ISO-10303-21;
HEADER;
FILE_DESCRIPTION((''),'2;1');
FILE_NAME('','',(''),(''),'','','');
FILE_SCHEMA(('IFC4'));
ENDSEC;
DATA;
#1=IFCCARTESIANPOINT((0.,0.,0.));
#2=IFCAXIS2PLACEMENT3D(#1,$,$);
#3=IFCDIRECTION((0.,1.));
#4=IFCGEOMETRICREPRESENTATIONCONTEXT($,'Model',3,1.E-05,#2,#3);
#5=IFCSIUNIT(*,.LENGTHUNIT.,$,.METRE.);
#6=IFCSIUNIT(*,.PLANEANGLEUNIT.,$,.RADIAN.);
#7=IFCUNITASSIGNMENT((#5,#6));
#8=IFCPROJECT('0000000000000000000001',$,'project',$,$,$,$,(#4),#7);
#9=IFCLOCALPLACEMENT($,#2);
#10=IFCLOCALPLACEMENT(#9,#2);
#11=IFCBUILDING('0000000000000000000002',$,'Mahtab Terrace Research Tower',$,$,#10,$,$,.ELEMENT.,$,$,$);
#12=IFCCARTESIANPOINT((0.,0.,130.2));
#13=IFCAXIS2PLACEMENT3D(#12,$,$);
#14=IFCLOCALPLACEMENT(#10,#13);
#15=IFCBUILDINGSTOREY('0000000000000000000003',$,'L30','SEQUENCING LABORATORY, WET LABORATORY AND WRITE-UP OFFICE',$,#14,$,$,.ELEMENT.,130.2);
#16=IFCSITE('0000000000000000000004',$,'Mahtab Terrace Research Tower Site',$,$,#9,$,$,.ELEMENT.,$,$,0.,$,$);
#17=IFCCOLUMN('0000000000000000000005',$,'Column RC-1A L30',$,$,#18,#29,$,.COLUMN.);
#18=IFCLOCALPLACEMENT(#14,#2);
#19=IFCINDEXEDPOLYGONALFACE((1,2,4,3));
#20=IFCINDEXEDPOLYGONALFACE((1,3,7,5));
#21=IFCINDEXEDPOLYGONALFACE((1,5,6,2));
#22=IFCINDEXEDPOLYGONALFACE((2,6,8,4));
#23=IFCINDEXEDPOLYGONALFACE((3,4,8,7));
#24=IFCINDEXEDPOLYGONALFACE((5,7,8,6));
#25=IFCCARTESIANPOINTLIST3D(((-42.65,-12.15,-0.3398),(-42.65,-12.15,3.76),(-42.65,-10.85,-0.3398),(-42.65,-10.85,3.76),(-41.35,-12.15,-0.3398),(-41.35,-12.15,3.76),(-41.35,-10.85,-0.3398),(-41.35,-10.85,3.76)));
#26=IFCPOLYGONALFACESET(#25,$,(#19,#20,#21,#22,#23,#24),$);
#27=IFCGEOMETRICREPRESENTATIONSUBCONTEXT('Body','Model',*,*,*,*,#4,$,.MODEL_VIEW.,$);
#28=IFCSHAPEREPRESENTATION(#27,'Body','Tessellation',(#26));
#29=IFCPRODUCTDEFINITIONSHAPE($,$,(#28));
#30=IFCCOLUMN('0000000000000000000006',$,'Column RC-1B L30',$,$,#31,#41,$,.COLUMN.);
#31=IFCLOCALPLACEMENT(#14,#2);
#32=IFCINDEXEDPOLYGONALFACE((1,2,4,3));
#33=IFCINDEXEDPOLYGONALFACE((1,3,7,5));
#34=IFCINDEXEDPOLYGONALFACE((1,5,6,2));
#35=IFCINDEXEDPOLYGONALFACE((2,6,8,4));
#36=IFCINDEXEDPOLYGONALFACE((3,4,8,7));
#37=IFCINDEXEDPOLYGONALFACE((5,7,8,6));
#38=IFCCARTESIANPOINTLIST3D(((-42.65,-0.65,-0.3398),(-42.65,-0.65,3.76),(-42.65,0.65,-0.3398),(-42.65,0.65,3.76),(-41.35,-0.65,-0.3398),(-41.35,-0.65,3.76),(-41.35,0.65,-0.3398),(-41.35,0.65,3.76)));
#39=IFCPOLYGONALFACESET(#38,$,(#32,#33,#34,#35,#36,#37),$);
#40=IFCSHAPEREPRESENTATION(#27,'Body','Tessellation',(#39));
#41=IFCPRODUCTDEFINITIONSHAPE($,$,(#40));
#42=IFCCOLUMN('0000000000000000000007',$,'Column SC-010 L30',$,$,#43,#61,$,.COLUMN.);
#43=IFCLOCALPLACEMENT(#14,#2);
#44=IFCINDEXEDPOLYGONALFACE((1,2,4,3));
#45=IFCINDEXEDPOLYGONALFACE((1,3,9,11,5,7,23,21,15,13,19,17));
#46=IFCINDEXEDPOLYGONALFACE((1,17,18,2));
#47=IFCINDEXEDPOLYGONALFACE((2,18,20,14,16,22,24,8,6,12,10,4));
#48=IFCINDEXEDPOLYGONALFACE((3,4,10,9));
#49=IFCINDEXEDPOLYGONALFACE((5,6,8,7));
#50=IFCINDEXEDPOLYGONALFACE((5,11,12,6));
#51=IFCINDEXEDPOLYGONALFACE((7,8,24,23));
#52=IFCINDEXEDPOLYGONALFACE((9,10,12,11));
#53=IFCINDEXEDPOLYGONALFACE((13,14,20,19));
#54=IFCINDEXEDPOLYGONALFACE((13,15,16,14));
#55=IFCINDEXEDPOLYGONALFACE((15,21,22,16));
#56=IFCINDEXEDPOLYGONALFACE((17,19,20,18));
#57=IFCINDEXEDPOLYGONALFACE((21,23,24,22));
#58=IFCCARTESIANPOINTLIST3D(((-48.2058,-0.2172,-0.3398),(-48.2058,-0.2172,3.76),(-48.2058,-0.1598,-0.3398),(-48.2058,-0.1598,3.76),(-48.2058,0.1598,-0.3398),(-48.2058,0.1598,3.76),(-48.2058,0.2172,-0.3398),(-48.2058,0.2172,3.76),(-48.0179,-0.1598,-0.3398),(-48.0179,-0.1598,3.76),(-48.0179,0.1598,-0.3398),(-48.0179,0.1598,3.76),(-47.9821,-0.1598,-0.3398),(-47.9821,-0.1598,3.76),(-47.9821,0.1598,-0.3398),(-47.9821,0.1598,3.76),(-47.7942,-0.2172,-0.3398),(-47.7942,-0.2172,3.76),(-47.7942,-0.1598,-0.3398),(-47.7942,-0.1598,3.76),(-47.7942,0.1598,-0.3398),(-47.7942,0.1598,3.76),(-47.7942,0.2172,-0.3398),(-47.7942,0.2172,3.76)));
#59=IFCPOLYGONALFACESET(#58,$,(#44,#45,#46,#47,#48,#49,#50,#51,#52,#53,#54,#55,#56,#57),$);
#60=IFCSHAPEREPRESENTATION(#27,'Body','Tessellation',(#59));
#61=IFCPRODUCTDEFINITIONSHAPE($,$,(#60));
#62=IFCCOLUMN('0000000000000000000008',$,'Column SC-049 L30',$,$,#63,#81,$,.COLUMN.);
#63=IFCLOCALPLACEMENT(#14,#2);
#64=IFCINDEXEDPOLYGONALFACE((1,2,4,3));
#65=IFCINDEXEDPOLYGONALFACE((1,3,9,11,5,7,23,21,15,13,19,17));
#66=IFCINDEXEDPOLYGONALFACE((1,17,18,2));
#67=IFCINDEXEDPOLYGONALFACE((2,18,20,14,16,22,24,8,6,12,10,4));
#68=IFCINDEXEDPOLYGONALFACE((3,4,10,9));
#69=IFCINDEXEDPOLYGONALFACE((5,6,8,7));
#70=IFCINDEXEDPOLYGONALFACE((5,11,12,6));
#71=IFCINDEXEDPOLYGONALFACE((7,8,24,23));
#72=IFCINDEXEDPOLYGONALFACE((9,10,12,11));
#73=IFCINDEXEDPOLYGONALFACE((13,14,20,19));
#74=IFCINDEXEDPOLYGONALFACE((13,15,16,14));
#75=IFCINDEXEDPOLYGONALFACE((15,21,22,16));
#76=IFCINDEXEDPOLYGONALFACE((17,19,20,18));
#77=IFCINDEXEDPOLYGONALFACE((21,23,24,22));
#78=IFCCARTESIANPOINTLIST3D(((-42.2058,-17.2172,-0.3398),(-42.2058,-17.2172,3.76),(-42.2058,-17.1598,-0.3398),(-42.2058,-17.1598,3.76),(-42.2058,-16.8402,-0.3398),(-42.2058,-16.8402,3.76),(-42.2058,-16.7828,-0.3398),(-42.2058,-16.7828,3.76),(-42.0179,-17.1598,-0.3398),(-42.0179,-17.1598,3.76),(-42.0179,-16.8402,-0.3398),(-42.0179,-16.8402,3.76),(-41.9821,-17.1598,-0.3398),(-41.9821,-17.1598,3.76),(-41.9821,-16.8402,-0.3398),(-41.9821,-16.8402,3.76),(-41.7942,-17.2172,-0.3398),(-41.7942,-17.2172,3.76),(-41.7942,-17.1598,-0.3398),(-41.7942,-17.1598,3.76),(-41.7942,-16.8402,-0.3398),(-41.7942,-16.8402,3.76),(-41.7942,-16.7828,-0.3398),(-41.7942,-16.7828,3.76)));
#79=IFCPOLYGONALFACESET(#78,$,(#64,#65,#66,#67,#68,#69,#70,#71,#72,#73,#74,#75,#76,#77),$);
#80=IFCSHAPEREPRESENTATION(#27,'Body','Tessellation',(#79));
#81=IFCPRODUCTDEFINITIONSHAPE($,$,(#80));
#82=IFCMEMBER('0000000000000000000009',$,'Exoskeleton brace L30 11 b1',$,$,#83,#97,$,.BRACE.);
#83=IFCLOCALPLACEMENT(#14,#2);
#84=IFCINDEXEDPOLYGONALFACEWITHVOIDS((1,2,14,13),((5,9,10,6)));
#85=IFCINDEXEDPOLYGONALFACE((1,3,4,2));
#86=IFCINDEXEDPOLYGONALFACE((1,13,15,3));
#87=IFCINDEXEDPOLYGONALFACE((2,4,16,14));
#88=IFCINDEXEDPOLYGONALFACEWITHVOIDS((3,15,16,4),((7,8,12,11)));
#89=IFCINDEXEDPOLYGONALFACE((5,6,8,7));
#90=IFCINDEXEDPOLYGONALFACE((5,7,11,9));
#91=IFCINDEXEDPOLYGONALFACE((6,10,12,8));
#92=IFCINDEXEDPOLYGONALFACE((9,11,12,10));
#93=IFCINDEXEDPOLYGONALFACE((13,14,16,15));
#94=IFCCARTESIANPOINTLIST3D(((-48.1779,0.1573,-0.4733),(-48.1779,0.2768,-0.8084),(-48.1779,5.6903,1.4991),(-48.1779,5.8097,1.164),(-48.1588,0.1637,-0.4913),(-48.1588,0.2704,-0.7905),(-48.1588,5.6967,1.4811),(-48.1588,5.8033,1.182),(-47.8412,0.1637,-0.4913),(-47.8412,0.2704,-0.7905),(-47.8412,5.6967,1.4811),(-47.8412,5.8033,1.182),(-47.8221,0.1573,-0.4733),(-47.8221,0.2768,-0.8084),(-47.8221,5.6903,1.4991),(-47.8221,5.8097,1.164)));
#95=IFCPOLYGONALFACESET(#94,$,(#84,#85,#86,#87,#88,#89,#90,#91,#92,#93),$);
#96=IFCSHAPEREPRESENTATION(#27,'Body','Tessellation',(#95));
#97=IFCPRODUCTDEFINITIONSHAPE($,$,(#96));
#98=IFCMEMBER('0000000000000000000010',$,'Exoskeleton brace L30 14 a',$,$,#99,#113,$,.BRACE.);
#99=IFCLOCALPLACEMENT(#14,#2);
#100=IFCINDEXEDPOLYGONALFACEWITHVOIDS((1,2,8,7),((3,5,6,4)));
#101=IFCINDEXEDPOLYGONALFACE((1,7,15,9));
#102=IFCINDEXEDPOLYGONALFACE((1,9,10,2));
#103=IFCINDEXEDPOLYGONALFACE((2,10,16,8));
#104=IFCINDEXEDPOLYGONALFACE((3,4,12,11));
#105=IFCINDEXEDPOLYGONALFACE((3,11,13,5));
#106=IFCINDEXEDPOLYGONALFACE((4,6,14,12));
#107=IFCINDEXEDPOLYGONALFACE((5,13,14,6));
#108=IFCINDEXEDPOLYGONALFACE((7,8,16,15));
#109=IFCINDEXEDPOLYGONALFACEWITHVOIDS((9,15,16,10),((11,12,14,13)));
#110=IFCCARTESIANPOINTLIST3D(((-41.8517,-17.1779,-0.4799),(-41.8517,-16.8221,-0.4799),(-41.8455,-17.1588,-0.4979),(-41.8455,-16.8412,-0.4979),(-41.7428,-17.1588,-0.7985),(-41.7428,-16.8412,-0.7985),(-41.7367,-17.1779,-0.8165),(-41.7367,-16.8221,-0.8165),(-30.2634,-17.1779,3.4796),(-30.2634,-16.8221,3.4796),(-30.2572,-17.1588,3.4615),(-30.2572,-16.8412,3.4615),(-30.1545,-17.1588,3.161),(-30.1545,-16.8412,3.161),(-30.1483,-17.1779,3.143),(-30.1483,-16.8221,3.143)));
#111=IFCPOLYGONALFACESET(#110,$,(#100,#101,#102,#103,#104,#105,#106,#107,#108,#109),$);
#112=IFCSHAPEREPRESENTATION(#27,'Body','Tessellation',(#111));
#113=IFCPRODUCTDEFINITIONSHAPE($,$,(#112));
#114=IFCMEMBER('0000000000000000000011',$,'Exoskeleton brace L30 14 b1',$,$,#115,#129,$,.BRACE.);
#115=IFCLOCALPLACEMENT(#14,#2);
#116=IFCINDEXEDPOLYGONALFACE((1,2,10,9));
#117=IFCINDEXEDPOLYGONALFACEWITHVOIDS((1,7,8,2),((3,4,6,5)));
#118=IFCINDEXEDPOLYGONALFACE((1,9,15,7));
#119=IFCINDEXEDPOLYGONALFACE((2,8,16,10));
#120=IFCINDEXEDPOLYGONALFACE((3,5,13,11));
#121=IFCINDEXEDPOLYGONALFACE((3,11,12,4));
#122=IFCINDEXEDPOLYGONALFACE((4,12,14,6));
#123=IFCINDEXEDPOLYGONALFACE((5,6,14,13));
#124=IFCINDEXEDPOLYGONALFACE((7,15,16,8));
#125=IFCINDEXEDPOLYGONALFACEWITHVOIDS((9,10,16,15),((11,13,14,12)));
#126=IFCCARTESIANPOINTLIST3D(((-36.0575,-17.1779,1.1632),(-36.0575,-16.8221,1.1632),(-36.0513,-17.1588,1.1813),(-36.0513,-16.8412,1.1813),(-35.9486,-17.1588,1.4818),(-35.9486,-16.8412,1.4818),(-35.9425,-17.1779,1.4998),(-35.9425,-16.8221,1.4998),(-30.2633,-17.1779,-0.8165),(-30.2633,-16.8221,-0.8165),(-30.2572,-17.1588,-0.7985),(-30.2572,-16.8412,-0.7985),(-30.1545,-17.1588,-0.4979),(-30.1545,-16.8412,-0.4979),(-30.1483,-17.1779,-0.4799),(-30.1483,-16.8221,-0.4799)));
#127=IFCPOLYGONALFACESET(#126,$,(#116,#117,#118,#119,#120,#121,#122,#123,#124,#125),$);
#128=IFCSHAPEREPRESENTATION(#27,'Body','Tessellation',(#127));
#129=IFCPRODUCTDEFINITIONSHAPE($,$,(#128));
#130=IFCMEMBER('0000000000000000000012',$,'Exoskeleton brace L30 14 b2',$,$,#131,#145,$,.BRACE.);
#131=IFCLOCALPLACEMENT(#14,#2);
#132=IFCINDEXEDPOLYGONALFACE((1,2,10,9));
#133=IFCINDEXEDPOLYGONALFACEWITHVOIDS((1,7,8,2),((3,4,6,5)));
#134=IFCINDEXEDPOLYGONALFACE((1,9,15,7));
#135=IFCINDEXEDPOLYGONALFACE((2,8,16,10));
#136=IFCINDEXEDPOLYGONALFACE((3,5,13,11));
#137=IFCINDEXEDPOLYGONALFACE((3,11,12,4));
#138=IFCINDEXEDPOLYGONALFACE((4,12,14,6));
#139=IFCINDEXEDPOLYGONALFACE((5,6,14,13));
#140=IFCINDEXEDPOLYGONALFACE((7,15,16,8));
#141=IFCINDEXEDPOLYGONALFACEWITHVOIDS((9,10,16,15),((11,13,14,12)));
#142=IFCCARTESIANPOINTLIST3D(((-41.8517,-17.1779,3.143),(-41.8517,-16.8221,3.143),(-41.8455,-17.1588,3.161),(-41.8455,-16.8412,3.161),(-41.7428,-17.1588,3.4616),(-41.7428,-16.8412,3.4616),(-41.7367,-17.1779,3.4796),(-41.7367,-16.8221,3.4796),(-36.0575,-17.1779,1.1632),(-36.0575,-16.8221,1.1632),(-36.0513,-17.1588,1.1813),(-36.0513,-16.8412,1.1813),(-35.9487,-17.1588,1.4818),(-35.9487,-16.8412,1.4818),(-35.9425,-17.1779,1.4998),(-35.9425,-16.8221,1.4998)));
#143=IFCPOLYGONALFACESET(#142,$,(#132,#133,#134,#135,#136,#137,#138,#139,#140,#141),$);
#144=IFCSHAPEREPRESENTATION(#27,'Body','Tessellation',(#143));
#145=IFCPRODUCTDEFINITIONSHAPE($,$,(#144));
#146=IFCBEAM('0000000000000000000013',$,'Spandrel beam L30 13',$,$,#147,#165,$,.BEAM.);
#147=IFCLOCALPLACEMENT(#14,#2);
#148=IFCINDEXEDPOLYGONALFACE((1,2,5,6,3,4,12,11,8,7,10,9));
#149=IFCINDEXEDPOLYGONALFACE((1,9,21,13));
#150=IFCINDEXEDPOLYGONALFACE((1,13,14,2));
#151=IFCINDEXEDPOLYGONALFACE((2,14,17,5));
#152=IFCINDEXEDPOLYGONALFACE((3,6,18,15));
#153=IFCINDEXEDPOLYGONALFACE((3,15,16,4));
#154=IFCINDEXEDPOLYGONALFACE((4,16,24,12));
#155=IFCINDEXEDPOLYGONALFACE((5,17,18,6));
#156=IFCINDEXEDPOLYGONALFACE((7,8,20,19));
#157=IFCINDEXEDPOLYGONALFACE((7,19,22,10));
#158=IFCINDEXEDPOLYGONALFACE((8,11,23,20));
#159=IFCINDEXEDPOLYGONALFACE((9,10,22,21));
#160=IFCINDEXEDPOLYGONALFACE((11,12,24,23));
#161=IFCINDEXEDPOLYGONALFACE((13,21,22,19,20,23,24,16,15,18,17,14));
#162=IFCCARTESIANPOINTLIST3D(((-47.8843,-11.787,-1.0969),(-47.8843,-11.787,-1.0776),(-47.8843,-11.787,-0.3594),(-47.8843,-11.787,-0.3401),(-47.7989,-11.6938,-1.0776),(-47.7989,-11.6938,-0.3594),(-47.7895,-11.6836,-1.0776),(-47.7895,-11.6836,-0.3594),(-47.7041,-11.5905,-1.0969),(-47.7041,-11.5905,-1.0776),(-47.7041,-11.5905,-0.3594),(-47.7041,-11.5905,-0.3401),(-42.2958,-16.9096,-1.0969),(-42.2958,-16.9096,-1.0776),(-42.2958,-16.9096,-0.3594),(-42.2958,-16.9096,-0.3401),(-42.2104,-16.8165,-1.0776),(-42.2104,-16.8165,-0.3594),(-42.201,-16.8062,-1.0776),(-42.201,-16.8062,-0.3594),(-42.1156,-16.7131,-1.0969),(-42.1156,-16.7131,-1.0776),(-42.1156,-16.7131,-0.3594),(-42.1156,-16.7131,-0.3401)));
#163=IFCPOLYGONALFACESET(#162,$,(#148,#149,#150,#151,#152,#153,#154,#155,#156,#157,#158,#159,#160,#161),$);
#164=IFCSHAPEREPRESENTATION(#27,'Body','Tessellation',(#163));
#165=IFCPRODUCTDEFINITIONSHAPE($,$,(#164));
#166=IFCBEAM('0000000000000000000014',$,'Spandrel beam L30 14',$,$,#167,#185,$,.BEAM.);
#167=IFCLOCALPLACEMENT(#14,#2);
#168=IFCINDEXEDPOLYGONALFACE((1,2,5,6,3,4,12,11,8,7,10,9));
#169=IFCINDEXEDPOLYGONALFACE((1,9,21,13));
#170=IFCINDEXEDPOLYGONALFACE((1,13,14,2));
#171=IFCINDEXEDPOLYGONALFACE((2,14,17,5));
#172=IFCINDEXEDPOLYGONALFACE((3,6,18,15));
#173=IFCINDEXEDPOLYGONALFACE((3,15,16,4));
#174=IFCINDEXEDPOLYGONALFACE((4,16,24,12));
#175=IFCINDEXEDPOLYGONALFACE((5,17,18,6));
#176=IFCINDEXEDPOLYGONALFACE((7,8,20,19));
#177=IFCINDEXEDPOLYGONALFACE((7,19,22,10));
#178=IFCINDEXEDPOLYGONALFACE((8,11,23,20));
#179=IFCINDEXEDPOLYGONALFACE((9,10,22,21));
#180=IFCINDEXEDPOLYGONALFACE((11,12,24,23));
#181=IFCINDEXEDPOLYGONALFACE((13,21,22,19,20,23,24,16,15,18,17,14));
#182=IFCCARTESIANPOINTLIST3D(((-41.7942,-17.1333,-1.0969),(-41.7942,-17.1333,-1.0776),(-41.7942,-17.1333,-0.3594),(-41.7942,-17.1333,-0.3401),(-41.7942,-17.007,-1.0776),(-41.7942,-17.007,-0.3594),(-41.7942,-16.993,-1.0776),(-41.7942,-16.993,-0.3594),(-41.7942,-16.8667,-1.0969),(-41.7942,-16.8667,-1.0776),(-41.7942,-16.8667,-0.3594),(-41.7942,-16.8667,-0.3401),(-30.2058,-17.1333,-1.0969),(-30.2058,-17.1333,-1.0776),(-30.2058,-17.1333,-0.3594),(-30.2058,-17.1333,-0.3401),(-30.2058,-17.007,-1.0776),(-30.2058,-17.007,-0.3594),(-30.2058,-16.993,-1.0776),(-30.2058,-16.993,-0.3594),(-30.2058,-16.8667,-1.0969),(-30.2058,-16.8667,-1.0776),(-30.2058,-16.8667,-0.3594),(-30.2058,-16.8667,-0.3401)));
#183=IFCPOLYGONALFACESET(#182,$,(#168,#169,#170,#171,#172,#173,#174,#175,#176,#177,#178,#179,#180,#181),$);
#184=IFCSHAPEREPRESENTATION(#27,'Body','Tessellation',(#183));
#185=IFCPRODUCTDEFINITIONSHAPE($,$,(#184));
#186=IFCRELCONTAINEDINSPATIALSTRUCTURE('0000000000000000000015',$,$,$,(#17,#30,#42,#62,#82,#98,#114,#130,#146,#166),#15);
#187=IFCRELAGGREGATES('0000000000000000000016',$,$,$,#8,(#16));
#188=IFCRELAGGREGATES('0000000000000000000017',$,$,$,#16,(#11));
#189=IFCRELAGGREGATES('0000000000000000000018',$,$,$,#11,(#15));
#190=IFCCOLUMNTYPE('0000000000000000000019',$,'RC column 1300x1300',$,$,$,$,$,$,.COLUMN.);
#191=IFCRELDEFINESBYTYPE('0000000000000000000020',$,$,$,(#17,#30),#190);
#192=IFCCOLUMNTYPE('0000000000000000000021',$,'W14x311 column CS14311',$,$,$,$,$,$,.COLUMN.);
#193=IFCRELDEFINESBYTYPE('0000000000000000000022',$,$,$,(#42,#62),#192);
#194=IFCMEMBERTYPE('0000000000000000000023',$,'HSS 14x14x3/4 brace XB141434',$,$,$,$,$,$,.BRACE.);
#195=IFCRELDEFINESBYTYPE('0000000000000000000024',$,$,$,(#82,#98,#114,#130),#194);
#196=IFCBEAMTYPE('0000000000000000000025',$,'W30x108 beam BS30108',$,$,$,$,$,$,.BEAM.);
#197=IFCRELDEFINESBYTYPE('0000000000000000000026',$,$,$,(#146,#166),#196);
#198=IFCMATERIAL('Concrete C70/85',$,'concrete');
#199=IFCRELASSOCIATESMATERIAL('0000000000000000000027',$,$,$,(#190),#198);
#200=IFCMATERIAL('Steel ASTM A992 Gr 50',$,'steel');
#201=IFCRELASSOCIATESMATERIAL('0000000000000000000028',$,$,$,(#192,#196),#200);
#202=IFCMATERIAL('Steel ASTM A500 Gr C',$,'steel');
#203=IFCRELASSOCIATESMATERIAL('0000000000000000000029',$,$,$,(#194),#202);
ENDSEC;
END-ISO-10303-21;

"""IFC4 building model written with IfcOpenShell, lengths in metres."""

from ifc_helpers import new_model, si_unit, direction, frame, origin, origin_2d, place, context, subcontext, project, spatial, rectangle, hollow_rectangle, i_section, extrude, material, material_profile, profile_set, type_object, element, save


model = new_model("IFC4")

# Units and contexts
model_context = context("Model", 3, precision=1e-05, world=origin(), true_north=direction((0.0, 1.0)))
body_context = subcontext(model_context, "Body", "Model", "MODEL_VIEW")
ifc_project = project(units=[si_unit("LENGTHUNIT", "METRE"), si_unit("PLANEANGLEUNIT", "RADIAN")], contexts=[model_context])

# Site, building, storey
site_placement = place(None, origin())
site = spatial("IfcSite", under=ifc_project, at=site_placement, Name="Mahtab Terrace Research Tower Site", CompositionType="ELEMENT", RefElevation=0.0)
building_placement = place(site_placement, origin())
building = spatial("IfcBuilding", under=site, at=building_placement, Name="Mahtab Terrace Research Tower", CompositionType="ELEMENT")
storey_placement = place(building_placement, frame((0.0, 0.0, 130.2)))
storey = spatial("IfcBuildingStorey", under=building, at=storey_placement, Name="L30", Description="SEQUENCING LABORATORY, WET LABORATORY AND WRITE-UP OFFICE", CompositionType="ELEMENT", Elevation=130.2)

# Columns
ifc_material_1 = material(Name="Concrete C70/85", Category="concrete")
ifc_material_profile_1 = material_profile(ifc_material_1, rectangle(XDim=1.3, YDim=1.3, at=origin_2d()), Name="RC column 1300x1300")
ifc_profile_set_1 = profile_set([ifc_material_profile_1], Name="Concrete C70/85")
column_type_1 = type_object("IfcColumnType", Name="RC column 1300x1300", PredefinedType="COLUMN", material=ifc_profile_set_1)
for number, where, z_axis, x_axis, name in (
    (1, (-42.0, -11.5, -0.3398), (0.0, 0.0, 1.0), (1.0, 0.0, 0.0), "Column RC-1A L30"),
    (2, (-42.0, 0.0, -0.3398), (0.0, 0.0, 1.0), (1.0, 0.0, 0.0), "Column RC-1B L30"),
):
    element("IfcColumn", number, at=place(storey_placement, frame(where, z_axis=z_axis, x_axis=x_axis)), inside=storey, type_object=column_type_1, Name=name, PredefinedType="COLUMN", context=body_context, shape_type="SweptSolid", body=[
        extrude(rectangle(XDim=1.3, YDim=1.3, at=origin_2d()), origin(), (0.0, 0.0, 1.0), 4.0999),
    ])
ifc_material_2 = material(Name="Steel ASTM A992 Gr 50", Category="steel")
ifc_material_profile_2 = material_profile(ifc_material_2, i_section(OverallWidth=0.4116, OverallDepth=0.4343, WebThickness=0.0359, FlangeThickness=0.0574, at=origin_2d()), Name="W14X311")
ifc_profile_set_2 = profile_set([ifc_material_profile_2], Name="Steel ASTM A992 Gr 50")
column_type_2 = type_object("IfcColumnType", Name="W14x311 column CS14311", PredefinedType="COLUMN", material=ifc_profile_set_2)
for number, where, z_axis, x_axis, name in (
    (3, (-48.0, 0.0, -0.3398), (0.0, 0.0, 1.0), (1.0, 0.0, 0.0), "Column SC-010 L30"),
    (4, (-42.0, -17.0, -0.3398), (0.0, 0.0, 1.0), (1.0, 0.0, 0.0), "Column SC-049 L30"),
):
    element("IfcColumn", number, at=place(storey_placement, frame(where, z_axis=z_axis, x_axis=x_axis)), inside=storey, type_object=column_type_2, Name=name, PredefinedType="COLUMN", context=body_context, shape_type="SweptSolid", body=[
        extrude(i_section(OverallWidth=0.4116, OverallDepth=0.4343, WebThickness=0.0359, FlangeThickness=0.0574, at=origin_2d()), origin(), (0.0, 0.0, 1.0), 4.0999),
    ])

# Members
ifc_material_3 = material(Name="Steel ASTM A500 Gr C", Category="steel")
ifc_material_profile_3 = material_profile(ifc_material_3, hollow_rectangle(XDim=0.3557, YDim=0.3557, WallThickness=0.019, at=origin_2d()), Name="HSS14X14X3/4")
ifc_profile_set_3 = profile_set([ifc_material_profile_3], Name="Steel ASTM A500 Gr C")
member_type = type_object("IfcMemberType", Name="HSS 14x14x3/4 brace XB141434", PredefinedType="BRACE", material=ifc_profile_set_3)
member_1_placement = place(storey_placement, frame((-48.0, 0.217, -0.6409), z_axis=(0.0, 0.941938, 0.335786), x_axis=(-1.0, 0.0, 0.0)))
element("IfcMember", 5, at=member_1_placement, inside=storey, type_object=member_type, Name="Exoskeleton brace L30 11 b1", PredefinedType="BRACE", context=body_context, shape_type="SweptSolid", body=[
    extrude(hollow_rectangle(XDim=0.3557, YDim=0.3557, WallThickness=0.019, at=origin_2d()), origin(), (0.0, 0.0, 1.0), 5.874),
])
member_2_placement = place(storey_placement, frame((-41.7942, -17.0, -0.6482), z_axis=(0.946288, 0.0, 0.323324), x_axis=(0.0, 1.0, 0.0)))
element("IfcMember", 6, at=member_2_placement, inside=storey, type_object=member_type, Name="Exoskeleton brace L30 14 a", PredefinedType="BRACE", context=body_context, shape_type="SweptSolid", body=[
    extrude(hollow_rectangle(XDim=0.3557, YDim=0.3557, WallThickness=0.019, at=origin_2d()), origin(), (0.0, 0.0, 1.0), 12.2461),
])
for number, where, z_axis, x_axis, name in (
    (7, (-30.2058, -17.0, -0.6482), (-0.946288, 0.0, 0.323324), (0.0, -1.0, 0.0), "Exoskeleton brace L30 14 b1"),
    (8, (-36.0, -17.0, 1.3315), (-0.946288, 0.0, 0.323324), (0.0, -1.0, 0.0), "Exoskeleton brace L30 14 b2"),
):
    element("IfcMember", number, at=place(storey_placement, frame(where, z_axis=z_axis, x_axis=x_axis)), inside=storey, type_object=member_type, Name=name, PredefinedType="BRACE", context=body_context, shape_type="SweptSolid", body=[
        extrude(hollow_rectangle(XDim=0.3557, YDim=0.3557, WallThickness=0.019, at=origin_2d()), origin(), (0.0, 0.0, 1.0), 6.123),
    ])

# Beams
ifc_material_profile_4 = material_profile(ifc_material_2, i_section(OverallWidth=0.2666, OverallDepth=0.7568, WebThickness=0.0139, FlangeThickness=0.0193, at=origin_2d()), Name="W30X108")
ifc_profile_set_4 = profile_set([ifc_material_profile_4], Name="Steel ASTM A992 Gr 50")
beam_type = type_object("IfcBeamType", Name="W30x108 beam BS30108", PredefinedType="BEAM", material=ifc_profile_set_4)
beam_1_placement = place(storey_placement, frame((-47.7942, -11.6887, -0.7185), z_axis=(0.737162, -0.675716, 0.0), x_axis=(0.675716, 0.737162, 0.0)))
element("IfcBeam", 9, at=beam_1_placement, inside=storey, type_object=beam_type, Name="Spandrel beam L30 13", PredefinedType="BEAM", context=body_context, shape_type="SweptSolid", body=[
    extrude(i_section(OverallWidth=0.2666, OverallDepth=0.7568, WebThickness=0.0139, FlangeThickness=0.0193, at=origin_2d()), origin(), (0.0, 0.0, 1.0), 7.5811),
])
beam_2_placement = place(storey_placement, frame((-41.7942, -17.0, -0.7185), z_axis=(1.0, 0.0, 0.0), x_axis=(0.0, 1.0, 0.0)))
element("IfcBeam", 10, at=beam_2_placement, inside=storey, type_object=beam_type, Name="Spandrel beam L30 14", PredefinedType="BEAM", context=body_context, shape_type="SweptSolid", body=[
    extrude(i_section(OverallWidth=0.2666, OverallDepth=0.7568, WebThickness=0.0139, FlangeThickness=0.0193, at=origin_2d()), origin(), (0.0, 0.0, 1.0), 11.5884),
])

save(model, "model.ifc")
